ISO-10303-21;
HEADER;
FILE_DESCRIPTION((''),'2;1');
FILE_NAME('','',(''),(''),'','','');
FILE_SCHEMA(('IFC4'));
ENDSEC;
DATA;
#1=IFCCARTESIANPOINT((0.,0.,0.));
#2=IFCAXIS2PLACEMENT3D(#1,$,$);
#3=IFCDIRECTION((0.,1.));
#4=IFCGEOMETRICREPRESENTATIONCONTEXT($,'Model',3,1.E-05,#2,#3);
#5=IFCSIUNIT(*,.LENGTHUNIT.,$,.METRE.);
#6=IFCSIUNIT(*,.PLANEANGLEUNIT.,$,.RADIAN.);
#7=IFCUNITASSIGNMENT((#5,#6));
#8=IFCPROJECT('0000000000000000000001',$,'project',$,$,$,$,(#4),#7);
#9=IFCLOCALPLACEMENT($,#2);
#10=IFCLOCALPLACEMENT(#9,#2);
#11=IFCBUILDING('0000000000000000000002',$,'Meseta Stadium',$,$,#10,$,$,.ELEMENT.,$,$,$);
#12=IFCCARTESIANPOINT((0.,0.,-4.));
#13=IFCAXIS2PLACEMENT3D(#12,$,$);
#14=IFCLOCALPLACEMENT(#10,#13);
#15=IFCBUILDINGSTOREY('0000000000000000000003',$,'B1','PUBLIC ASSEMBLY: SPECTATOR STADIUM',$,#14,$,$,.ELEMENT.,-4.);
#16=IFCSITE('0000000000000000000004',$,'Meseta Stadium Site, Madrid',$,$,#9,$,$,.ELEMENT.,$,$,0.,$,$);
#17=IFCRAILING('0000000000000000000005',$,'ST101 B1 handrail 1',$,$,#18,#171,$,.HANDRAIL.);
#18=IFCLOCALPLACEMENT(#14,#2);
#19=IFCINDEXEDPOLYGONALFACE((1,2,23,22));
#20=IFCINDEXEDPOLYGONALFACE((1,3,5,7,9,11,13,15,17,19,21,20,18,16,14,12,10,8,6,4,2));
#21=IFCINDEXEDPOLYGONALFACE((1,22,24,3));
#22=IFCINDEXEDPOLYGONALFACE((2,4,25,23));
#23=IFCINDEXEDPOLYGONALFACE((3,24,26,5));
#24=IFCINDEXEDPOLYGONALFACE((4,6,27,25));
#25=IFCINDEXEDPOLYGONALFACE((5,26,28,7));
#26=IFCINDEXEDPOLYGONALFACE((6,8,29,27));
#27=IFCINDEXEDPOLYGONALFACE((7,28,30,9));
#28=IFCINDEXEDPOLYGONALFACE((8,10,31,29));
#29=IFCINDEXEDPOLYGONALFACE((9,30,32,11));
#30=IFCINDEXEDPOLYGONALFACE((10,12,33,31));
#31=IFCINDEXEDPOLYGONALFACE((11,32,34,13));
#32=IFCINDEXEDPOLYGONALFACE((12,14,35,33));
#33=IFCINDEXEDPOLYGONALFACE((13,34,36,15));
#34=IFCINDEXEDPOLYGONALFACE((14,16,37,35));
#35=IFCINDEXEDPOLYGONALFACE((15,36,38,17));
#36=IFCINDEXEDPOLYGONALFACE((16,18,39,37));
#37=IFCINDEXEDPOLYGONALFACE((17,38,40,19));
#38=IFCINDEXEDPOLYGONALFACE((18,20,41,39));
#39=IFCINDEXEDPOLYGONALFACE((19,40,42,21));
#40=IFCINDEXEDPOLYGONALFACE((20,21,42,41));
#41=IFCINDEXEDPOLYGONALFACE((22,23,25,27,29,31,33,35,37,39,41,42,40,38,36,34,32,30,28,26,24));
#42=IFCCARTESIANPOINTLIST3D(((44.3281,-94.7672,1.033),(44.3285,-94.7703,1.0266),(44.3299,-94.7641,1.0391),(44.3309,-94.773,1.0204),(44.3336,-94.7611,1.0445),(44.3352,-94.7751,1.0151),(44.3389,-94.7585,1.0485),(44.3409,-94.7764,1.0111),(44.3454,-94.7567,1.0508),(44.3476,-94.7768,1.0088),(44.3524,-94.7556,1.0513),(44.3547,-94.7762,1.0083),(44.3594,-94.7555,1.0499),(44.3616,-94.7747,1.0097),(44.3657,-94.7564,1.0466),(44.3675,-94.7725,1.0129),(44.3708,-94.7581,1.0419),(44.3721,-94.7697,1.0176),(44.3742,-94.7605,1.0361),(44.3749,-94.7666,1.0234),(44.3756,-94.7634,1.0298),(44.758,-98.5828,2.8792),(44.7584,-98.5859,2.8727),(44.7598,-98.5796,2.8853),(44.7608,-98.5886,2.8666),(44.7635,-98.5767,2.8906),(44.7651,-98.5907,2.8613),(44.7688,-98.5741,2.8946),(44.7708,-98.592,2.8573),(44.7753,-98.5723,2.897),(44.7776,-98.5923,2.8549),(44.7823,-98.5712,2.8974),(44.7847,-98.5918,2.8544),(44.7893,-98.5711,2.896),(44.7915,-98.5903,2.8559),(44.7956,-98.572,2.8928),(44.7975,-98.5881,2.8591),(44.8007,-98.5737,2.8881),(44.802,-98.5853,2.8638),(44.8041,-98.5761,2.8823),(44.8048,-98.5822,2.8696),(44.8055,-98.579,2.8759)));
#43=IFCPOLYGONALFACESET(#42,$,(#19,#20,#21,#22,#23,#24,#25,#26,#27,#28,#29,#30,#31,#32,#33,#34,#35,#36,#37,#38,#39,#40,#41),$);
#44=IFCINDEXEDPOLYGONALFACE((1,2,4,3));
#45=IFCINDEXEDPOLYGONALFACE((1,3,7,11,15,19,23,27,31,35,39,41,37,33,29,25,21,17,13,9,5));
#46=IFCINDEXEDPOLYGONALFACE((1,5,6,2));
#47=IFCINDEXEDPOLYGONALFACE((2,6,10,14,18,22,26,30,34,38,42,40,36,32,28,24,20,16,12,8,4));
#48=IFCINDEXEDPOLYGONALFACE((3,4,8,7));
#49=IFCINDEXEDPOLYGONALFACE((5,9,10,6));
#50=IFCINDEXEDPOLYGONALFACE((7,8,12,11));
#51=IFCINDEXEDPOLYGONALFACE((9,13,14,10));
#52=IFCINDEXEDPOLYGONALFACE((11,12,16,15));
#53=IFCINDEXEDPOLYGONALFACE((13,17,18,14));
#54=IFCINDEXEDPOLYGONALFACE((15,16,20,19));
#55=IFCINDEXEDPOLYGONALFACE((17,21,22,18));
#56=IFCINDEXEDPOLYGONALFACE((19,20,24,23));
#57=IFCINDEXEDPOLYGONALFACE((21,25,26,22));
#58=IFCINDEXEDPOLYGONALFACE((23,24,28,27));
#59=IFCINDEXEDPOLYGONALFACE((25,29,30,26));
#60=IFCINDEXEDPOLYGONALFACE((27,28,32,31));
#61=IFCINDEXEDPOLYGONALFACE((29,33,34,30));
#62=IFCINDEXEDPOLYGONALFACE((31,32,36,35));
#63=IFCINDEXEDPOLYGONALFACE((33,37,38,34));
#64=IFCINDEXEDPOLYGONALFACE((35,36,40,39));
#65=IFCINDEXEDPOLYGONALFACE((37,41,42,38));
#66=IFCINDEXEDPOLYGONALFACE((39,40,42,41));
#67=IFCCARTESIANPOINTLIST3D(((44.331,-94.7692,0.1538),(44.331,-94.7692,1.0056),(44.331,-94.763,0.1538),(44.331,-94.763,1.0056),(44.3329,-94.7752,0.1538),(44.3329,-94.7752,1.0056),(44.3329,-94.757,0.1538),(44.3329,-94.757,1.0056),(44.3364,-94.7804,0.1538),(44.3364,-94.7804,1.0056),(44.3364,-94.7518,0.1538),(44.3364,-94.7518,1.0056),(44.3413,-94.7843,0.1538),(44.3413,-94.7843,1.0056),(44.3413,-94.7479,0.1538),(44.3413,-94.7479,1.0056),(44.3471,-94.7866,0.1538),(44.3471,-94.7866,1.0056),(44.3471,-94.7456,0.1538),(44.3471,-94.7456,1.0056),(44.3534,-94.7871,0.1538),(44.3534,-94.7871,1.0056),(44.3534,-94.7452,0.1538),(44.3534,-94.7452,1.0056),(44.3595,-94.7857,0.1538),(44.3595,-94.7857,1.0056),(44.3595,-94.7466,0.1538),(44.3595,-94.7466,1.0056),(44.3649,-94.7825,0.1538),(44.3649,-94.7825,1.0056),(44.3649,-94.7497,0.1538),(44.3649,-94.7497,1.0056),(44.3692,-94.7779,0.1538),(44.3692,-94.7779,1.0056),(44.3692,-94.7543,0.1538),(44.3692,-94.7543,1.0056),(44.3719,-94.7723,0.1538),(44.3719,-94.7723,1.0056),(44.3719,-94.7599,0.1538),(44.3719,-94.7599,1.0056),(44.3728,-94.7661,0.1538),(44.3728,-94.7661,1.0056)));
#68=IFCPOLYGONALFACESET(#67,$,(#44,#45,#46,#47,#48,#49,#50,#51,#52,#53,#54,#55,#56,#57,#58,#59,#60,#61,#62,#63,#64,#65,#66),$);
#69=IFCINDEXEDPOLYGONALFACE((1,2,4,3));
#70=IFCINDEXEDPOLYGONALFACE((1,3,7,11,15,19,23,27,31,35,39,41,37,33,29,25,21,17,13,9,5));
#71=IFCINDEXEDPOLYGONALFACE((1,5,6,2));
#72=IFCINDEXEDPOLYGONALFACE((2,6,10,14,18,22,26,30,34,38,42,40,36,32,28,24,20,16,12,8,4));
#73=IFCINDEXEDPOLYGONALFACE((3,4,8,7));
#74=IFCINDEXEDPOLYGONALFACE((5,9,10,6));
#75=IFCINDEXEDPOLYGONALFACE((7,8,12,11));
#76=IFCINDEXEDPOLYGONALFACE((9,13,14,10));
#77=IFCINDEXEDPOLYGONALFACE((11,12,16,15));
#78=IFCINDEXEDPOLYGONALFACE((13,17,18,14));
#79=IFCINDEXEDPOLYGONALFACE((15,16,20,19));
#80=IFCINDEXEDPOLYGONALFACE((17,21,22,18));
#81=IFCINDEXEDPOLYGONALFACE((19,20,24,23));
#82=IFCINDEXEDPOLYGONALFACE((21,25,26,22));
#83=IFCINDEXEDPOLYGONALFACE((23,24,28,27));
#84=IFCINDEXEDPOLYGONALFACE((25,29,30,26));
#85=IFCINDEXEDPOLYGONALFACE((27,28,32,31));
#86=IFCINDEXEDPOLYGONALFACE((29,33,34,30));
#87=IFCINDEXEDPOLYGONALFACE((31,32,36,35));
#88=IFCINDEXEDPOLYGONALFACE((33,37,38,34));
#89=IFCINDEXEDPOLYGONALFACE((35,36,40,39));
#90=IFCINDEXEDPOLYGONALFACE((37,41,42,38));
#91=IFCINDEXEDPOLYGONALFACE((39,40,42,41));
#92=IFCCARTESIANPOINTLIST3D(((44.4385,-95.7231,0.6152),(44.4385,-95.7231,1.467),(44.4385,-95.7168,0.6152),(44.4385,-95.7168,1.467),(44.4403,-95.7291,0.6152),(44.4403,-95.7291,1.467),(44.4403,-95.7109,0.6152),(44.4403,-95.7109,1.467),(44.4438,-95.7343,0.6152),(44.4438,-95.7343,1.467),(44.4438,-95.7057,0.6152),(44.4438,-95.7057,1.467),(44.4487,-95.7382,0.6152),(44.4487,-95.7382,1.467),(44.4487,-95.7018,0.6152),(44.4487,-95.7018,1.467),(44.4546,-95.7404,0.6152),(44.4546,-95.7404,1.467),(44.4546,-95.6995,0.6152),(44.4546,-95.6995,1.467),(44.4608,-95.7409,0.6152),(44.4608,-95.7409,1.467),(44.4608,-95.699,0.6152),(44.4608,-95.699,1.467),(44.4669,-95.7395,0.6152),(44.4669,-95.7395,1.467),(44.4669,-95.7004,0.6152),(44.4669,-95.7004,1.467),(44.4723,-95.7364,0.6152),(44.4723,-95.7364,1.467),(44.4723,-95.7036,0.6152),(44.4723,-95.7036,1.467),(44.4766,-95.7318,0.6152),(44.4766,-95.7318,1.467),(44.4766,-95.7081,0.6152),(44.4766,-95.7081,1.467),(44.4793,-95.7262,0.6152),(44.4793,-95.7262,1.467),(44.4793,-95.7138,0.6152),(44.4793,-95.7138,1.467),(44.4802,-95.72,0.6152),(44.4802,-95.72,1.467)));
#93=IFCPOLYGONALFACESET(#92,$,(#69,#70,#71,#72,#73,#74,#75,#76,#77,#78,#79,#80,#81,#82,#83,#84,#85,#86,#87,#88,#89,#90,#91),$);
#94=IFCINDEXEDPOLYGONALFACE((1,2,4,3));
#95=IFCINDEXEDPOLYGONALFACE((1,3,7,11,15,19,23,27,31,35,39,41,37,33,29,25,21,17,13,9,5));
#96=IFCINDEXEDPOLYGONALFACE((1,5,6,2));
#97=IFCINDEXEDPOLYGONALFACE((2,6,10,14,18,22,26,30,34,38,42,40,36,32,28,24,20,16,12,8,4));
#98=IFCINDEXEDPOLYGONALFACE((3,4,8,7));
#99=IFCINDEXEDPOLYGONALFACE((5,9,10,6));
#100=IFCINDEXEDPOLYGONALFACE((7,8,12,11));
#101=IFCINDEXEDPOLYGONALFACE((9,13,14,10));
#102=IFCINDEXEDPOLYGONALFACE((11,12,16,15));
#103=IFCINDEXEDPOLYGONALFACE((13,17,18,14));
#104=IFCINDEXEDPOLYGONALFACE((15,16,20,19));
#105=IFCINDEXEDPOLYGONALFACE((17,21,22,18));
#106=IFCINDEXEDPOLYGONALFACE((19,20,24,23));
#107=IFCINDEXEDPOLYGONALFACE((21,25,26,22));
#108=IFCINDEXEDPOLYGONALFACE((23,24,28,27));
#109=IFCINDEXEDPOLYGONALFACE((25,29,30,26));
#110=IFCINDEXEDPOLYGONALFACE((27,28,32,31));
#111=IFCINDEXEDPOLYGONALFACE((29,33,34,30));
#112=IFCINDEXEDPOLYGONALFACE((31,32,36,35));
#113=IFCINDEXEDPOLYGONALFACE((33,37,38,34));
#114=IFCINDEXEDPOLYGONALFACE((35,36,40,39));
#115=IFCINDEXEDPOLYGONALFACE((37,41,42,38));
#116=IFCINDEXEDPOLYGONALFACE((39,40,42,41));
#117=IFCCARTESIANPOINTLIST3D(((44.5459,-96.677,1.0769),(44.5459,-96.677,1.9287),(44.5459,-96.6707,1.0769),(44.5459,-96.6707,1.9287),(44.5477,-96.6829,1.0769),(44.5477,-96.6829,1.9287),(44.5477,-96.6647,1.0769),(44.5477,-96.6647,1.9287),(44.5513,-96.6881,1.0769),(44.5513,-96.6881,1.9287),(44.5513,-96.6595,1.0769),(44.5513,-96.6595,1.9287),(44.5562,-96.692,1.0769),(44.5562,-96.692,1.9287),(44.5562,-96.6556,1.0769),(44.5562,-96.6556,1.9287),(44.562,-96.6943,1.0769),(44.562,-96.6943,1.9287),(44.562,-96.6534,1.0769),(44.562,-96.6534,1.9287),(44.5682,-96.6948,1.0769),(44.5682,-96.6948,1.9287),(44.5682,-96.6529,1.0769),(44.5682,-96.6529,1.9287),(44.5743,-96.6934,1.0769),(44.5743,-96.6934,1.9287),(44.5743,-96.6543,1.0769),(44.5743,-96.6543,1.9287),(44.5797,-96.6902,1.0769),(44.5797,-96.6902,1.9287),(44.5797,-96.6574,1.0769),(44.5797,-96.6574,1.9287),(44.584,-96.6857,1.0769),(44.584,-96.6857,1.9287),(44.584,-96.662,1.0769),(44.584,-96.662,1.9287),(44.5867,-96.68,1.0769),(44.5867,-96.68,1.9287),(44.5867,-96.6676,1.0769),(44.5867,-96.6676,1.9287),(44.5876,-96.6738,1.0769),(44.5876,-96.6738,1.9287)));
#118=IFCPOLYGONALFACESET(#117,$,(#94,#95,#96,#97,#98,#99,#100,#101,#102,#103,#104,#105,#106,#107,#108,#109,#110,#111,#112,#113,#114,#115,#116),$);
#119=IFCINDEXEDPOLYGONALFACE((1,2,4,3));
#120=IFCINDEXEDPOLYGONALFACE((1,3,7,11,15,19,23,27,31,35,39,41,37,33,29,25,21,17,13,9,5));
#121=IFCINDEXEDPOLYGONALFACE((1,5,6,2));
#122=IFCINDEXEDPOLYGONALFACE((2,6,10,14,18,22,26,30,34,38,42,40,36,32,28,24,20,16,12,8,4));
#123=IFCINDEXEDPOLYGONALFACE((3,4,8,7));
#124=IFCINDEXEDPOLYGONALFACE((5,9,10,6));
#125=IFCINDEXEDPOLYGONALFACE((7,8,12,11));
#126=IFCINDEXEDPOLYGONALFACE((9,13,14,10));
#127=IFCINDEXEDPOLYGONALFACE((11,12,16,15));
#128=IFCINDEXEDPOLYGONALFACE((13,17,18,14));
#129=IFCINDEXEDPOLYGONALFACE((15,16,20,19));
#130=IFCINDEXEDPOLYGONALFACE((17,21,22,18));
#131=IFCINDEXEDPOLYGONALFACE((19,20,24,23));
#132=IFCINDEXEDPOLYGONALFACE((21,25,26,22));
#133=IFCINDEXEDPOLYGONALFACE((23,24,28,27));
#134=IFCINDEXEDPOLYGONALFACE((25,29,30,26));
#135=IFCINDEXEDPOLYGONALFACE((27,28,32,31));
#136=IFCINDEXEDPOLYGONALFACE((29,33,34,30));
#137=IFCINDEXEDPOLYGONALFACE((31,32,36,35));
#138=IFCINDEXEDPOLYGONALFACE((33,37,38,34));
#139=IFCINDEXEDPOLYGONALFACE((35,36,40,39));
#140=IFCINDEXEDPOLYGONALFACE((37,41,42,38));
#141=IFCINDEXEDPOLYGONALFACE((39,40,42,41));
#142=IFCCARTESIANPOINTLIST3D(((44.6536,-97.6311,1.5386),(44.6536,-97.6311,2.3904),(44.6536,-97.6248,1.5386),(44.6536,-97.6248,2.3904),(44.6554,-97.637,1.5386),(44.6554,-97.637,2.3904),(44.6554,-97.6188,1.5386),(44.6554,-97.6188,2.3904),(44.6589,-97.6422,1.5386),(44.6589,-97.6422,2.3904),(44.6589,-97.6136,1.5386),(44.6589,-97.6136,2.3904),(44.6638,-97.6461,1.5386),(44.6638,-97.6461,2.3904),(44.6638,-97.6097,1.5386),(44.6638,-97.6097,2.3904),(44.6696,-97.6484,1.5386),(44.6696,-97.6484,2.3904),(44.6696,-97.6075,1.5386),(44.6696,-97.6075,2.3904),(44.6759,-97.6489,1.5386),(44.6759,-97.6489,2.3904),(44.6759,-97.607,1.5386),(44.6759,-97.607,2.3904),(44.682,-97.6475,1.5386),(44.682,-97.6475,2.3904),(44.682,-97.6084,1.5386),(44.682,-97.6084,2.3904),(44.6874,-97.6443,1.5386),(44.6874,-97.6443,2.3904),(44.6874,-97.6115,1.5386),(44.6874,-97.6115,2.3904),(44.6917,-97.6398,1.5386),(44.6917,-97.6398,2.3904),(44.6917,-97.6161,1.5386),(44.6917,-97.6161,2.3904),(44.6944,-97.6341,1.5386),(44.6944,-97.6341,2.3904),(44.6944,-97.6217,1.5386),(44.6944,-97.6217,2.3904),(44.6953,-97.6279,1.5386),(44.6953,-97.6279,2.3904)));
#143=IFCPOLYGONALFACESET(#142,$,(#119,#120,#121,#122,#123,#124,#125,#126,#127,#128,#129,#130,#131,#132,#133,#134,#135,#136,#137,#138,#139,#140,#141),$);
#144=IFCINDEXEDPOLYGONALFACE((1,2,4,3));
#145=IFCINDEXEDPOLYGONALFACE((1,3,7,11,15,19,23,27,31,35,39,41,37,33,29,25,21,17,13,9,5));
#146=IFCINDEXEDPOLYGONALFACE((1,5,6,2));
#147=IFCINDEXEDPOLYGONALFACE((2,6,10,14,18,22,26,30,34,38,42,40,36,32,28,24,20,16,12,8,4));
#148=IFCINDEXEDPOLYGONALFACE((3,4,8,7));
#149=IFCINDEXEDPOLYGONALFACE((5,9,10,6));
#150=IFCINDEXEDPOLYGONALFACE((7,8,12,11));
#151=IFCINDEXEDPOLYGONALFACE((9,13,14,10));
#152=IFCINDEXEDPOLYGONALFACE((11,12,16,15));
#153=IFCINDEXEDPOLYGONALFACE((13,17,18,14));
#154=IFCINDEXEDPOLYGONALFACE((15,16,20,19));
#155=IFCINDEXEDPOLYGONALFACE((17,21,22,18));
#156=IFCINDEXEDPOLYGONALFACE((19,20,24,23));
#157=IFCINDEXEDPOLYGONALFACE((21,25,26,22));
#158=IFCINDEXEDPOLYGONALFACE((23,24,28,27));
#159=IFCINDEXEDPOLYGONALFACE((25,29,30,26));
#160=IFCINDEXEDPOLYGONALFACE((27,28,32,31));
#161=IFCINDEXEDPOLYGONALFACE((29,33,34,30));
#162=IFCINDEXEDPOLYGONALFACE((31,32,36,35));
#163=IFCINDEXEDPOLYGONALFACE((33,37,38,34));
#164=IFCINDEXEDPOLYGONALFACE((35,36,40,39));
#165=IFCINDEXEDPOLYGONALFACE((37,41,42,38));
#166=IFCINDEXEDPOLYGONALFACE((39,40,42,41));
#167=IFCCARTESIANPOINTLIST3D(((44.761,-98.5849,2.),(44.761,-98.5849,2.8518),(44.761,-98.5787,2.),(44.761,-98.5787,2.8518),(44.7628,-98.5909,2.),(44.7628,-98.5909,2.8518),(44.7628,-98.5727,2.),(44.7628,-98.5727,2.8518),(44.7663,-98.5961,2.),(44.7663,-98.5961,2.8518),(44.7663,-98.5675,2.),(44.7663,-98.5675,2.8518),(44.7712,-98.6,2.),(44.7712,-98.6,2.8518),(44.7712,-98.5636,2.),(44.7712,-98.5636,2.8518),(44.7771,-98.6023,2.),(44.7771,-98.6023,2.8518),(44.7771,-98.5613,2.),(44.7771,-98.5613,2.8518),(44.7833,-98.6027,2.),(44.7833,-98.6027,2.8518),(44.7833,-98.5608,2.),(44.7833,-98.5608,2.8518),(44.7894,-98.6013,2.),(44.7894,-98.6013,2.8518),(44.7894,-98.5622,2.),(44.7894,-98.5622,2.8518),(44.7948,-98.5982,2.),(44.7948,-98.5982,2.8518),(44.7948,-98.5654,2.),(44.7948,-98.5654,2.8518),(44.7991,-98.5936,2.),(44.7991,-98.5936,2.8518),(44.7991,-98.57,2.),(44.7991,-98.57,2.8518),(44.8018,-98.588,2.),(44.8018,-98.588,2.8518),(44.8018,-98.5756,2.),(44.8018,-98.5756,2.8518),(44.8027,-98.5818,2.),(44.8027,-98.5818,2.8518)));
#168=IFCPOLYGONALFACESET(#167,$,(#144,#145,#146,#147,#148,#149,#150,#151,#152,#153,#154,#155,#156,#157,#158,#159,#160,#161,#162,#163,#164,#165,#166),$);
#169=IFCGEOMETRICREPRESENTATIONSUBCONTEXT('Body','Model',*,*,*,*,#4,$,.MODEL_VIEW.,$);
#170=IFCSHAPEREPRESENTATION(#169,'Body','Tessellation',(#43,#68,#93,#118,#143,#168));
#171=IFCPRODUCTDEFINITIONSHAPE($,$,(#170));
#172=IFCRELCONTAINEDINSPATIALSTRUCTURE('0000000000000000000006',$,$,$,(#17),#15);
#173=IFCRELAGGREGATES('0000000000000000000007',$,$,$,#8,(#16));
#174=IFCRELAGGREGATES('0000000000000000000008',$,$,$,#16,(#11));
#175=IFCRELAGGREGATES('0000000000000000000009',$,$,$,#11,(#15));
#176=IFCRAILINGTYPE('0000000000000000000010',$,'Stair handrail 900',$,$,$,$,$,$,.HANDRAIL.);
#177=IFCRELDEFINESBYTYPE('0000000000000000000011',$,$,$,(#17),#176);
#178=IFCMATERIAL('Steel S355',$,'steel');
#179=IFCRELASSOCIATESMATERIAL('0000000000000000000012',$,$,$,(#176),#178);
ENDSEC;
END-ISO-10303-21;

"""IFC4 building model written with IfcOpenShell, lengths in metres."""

from ifc_helpers import new_model, si_unit, direction, frame, origin, origin_2d, place, context, subcontext, project, spatial, circle, extrude, material, type_object, element, save


model = new_model("IFC4")

# Units and contexts
model_context = context("Model", 3, precision=1e-05, world=origin(), true_north=direction((0.0, 1.0)))
body_context = subcontext(model_context, "Body", "Model", "MODEL_VIEW")
ifc_project = project(units=[si_unit("LENGTHUNIT", "METRE"), si_unit("PLANEANGLEUNIT", "RADIAN")], contexts=[model_context])

# Site, building, storey
site_placement = place(None, origin())
site = spatial("IfcSite", under=ifc_project, at=site_placement, Name="Meseta Stadium Site, Madrid", CompositionType="ELEMENT", RefElevation=0.0)
building_placement = place(site_placement, origin())
building = spatial("IfcBuilding", under=site, at=building_placement, Name="Meseta Stadium", CompositionType="ELEMENT")
storey_placement = place(building_placement, frame((0.0, 0.0, -4.0)))
storey = spatial("IfcBuildingStorey", under=building, at=storey_placement, Name="B1", Description="PUBLIC ASSEMBLY: SPECTATOR STADIUM", CompositionType="ELEMENT", Elevation=-4.0)

# Railing
ifc_material_1 = material(Name="Steel S355", Category="steel")
railing_type_1 = type_object("IfcRailingType", Name="Stair handrail 900", PredefinedType="HANDRAIL", material=ifc_material_1)
railing_1_placement = place(storey_placement, frame((44.3518, -94.7661, 0.1538)))
element("IfcRailing", 1, at=railing_1_placement, inside=storey, type_object=railing_type_1, Name="ST101 B1 handrail 1", PredefinedType="HANDRAIL", context=body_context, shape_type="SweptSolid", body=[
    extrude(circle(Radius=0.0239, at=origin_2d()), frame((0.0, 0.0, 0.876), z_axis=(0.100909, -0.895574, 0.433318), x_axis=(0.993712, 0.111967, 0.0)), (0.0, 0.0, 1.0), 4.2605),
    extrude(circle(Radius=0.021, at=origin_2d()), origin(), (0.0, 0.0, 1.0), 0.8518),
    extrude(circle(Radius=0.021, at=origin_2d()), frame((0.1074, -0.9539, 0.4614)), (0.0, 0.0, 1.0), 0.8518),
    extrude(circle(Radius=0.021, at=origin_2d()), frame((0.2148, -1.9077, 0.9231)), (0.0, 0.0, 1.0), 0.8518),
    extrude(circle(Radius=0.021, at=origin_2d()), frame((0.3225, -2.8618, 1.3848)), (0.0, 0.0, 1.0), 0.8518),
    extrude(circle(Radius=0.021, at=origin_2d()), frame((0.4299, -3.8157, 1.8462)), (0.0, 0.0, 1.0), 0.8518),
])

save(model, "model.ifc")
